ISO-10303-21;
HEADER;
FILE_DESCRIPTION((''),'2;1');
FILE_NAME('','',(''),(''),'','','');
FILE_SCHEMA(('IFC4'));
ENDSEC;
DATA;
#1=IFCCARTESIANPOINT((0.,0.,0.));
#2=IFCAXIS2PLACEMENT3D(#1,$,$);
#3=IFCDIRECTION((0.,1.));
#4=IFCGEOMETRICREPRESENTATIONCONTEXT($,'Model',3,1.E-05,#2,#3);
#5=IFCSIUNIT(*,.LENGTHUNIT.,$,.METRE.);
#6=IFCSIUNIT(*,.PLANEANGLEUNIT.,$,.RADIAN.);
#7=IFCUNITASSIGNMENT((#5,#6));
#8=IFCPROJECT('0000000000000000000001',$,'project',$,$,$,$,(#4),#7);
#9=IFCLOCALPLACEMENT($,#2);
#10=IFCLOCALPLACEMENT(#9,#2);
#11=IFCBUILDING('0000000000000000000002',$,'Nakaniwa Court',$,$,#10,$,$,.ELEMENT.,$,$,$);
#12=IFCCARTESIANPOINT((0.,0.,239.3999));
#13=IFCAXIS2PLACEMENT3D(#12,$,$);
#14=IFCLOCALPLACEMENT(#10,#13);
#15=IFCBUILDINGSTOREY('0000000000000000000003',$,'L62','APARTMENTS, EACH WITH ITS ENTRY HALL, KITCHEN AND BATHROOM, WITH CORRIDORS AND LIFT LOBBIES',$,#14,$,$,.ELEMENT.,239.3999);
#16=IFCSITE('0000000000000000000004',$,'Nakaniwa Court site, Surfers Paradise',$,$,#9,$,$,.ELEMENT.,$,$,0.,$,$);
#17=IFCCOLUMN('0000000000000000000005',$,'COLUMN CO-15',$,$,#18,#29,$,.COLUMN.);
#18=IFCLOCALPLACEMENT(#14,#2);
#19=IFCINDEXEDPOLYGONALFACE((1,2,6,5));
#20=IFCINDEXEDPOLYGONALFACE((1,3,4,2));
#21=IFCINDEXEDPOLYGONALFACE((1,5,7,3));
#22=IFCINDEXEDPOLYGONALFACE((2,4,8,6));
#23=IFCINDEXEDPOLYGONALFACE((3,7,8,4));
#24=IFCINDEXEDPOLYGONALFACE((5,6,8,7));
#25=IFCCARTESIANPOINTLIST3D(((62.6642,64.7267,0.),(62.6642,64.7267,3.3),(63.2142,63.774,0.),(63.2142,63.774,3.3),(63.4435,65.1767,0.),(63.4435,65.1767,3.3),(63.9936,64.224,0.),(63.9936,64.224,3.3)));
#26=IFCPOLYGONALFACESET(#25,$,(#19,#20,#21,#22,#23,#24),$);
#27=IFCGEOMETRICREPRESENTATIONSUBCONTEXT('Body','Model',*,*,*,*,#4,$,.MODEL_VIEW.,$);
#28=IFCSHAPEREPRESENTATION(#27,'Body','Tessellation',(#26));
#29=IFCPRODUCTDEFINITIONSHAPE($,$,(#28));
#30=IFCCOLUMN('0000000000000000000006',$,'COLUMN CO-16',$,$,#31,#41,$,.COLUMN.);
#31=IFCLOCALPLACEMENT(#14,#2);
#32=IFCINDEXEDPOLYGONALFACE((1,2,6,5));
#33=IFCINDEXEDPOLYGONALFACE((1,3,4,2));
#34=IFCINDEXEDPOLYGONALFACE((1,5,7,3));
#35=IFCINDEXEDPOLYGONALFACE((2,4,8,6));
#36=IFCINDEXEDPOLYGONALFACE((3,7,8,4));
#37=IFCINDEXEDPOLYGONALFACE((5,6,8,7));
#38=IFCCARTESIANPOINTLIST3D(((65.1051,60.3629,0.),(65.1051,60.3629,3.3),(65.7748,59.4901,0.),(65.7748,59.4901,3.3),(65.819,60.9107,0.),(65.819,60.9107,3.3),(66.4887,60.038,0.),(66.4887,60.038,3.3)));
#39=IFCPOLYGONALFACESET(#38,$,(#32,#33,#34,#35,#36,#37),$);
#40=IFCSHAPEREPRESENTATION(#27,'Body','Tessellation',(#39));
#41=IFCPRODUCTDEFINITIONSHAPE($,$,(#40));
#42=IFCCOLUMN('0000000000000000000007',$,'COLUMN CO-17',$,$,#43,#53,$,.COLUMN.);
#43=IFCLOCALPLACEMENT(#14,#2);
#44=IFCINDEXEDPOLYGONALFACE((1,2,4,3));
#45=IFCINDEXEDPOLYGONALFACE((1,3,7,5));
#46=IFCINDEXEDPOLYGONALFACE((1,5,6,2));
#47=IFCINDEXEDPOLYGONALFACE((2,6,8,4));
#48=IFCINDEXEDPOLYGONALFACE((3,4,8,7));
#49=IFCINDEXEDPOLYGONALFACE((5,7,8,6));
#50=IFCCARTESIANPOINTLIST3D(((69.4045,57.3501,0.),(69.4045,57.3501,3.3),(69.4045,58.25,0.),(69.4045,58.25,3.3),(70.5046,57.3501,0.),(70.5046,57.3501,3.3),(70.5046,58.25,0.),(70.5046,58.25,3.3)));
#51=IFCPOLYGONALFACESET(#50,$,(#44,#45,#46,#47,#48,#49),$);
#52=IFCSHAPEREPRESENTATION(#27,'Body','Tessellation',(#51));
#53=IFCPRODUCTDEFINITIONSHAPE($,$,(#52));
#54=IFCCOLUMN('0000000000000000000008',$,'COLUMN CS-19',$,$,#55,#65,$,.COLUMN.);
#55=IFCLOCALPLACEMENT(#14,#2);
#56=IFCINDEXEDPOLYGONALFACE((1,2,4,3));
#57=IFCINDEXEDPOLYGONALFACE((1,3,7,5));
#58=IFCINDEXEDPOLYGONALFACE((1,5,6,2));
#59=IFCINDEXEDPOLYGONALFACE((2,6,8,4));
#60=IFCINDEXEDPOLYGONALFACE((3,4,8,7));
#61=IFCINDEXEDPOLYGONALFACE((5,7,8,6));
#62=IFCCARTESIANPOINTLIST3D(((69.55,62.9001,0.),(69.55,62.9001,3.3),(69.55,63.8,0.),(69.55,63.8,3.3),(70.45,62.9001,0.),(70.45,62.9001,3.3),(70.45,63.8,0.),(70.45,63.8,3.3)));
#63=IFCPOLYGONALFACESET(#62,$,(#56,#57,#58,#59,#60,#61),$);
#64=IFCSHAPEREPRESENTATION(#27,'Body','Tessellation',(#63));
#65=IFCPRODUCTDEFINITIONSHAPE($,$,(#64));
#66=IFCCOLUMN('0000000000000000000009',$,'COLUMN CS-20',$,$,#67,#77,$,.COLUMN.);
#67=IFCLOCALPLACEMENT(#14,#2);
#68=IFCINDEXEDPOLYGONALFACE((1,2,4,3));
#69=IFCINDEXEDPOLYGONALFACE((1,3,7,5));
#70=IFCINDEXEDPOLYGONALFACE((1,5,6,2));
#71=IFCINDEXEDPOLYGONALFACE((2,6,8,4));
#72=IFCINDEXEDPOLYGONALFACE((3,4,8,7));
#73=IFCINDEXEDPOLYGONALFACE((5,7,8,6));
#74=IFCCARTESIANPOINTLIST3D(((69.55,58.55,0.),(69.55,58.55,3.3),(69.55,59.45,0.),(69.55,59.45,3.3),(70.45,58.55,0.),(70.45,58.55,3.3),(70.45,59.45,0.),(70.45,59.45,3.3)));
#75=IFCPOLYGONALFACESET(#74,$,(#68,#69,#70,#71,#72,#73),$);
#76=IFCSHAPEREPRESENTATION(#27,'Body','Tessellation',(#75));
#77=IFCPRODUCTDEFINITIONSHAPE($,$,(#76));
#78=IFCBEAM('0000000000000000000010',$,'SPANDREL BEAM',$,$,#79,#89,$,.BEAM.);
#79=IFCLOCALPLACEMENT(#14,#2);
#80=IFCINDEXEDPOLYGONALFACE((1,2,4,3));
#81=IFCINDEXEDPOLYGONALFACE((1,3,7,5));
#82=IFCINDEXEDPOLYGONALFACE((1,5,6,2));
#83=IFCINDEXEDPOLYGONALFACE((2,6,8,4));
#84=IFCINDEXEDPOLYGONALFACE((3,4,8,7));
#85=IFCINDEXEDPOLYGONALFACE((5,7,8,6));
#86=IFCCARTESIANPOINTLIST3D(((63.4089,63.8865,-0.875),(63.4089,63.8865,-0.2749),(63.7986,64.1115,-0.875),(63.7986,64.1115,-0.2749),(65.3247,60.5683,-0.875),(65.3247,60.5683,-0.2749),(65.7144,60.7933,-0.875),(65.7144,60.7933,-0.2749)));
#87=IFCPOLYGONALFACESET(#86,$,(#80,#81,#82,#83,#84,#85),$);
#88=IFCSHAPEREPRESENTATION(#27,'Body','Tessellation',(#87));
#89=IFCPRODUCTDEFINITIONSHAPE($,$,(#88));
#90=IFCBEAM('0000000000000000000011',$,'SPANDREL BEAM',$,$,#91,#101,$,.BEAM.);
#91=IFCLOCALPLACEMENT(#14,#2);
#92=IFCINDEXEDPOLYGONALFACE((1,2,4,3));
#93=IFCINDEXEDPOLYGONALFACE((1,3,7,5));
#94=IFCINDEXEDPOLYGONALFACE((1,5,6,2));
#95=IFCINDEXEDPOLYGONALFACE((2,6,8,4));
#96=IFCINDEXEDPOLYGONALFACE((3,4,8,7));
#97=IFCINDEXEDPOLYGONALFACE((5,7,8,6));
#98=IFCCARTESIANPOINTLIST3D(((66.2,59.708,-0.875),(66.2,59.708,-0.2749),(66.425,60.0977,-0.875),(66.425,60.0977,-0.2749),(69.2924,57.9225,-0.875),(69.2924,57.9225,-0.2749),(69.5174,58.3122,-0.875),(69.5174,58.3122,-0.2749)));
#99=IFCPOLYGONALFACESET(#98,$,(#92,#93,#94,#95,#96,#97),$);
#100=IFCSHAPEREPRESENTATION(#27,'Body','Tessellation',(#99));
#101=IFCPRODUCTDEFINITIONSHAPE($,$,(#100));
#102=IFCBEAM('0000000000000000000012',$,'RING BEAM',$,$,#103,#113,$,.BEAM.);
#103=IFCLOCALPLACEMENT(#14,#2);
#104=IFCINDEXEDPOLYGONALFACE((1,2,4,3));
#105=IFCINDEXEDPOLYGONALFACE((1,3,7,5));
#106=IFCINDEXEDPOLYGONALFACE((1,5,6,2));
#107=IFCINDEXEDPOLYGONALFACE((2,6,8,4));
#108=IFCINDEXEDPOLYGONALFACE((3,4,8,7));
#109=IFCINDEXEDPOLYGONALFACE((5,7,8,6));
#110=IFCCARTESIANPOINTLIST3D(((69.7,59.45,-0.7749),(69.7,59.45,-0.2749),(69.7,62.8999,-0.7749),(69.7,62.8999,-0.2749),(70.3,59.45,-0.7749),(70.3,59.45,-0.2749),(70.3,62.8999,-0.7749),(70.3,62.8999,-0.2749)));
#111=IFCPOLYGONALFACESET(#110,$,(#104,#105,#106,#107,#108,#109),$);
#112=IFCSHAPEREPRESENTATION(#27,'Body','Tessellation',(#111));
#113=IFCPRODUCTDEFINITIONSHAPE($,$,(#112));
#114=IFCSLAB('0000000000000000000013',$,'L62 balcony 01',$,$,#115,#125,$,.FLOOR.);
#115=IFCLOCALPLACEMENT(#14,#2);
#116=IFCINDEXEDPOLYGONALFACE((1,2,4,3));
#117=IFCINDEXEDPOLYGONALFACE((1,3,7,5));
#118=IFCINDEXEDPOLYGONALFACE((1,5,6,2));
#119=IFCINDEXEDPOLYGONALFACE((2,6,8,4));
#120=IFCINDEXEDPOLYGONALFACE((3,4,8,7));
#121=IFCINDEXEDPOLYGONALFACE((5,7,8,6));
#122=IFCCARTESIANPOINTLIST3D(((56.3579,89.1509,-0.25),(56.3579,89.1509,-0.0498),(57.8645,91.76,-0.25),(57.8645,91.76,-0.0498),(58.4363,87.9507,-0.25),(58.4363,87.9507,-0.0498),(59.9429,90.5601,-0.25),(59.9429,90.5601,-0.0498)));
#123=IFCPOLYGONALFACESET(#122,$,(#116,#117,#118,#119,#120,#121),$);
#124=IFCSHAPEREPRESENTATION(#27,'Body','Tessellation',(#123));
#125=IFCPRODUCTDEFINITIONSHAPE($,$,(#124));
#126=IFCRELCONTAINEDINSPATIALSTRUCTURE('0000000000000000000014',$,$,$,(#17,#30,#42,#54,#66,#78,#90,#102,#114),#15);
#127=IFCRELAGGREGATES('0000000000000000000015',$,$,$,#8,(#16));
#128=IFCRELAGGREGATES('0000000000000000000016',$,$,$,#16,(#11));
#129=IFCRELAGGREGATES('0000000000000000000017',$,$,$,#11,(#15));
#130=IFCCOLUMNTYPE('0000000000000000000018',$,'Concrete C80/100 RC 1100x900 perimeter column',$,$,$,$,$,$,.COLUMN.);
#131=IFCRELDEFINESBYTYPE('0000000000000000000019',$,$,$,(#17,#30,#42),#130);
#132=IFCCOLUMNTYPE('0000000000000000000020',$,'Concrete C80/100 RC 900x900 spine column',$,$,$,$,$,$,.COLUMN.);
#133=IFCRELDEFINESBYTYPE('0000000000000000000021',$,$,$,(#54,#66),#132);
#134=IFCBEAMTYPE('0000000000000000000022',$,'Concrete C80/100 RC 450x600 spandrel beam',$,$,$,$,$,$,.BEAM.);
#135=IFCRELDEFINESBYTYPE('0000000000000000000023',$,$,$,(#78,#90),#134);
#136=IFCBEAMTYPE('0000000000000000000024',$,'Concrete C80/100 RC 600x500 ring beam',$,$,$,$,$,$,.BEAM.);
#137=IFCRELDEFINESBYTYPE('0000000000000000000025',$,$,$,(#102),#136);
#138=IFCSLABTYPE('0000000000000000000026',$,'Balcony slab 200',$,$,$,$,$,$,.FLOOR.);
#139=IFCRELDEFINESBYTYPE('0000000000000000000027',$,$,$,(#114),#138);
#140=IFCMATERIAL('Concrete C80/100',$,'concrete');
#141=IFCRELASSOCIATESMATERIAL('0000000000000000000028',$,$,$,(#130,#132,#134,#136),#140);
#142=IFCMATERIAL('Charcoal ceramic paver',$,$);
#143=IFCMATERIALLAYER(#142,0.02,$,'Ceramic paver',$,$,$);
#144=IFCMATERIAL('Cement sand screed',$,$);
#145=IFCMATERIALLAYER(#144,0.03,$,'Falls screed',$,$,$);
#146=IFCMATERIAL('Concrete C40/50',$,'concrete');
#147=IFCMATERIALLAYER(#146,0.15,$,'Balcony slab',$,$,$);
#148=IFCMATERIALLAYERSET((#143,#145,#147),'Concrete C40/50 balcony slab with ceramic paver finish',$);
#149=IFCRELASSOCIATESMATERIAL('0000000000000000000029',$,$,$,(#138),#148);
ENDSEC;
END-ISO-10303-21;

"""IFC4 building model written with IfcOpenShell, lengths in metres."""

from ifc_helpers import new_model, si_unit, direction, frame, origin, origin_2d, place, context, subcontext, project, spatial, polyline, rectangle, outline, extrude, material, layer, layer_set, material_profile, profile_set, type_object, element, save


model = new_model("IFC4")

# Units and contexts
model_context = context("Model", 3, precision=1e-05, world=origin(), true_north=direction((0.0, 1.0)))
body_context = subcontext(model_context, "Body", "Model", "MODEL_VIEW")
ifc_project = project(units=[si_unit("LENGTHUNIT", "METRE"), si_unit("PLANEANGLEUNIT", "RADIAN")], contexts=[model_context])

# Site, building, storey
site_placement = place(None, origin())
site = spatial("IfcSite", under=ifc_project, at=site_placement, Name="Nakaniwa Court site, Surfers Paradise", CompositionType="ELEMENT", RefElevation=0.0)
building_placement = place(site_placement, origin())
building = spatial("IfcBuilding", under=site, at=building_placement, Name="Nakaniwa Court", CompositionType="ELEMENT")
storey_placement = place(building_placement, frame((0.0, 0.0, 239.3999)))
storey = spatial("IfcBuildingStorey", under=building, at=storey_placement, Name="L62", Description="APARTMENTS, EACH WITH ITS ENTRY HALL, KITCHEN AND BATHROOM, WITH CORRIDORS AND LIFT LOBBIES", CompositionType="ELEMENT", Elevation=239.3999)

# Columns
ifc_material_1 = material(Name="Concrete C80/100", Category="concrete")
ifc_material_profile_1 = material_profile(ifc_material_1, rectangle(XDim=1.1001, YDim=0.8999, at=origin_2d()), Name="Concrete C80/100 RC 1100x900 perimeter column")
ifc_profile_set_1 = profile_set([ifc_material_profile_1], Name="Concrete C80/100")
column_type_1 = type_object("IfcColumnType", Name="Concrete C80/100 RC 1100x900 perimeter column", PredefinedType="COLUMN", material=ifc_profile_set_1)
for number, where, z_axis, x_axis, name in (
    (1, (63.3289, 64.4753, 0.0), (0.0, 0.0, 1.0), (0.5, -0.866025, 0.0), "COLUMN CO-15"),
    (2, (65.7969, 60.2004, 0.0), (0.0, 0.0, 1.0), (0.608761, -0.793353, 0.0), "COLUMN CO-16"),
    (3, (69.9546, 57.8, 0.0), (0.0, 0.0, 1.0), (1.0, 0.0, 0.0), "COLUMN CO-17"),
):
    element("IfcColumn", number, at=place(storey_placement, frame(where, z_axis=z_axis, x_axis=x_axis)), inside=storey, type_object=column_type_1, Name=name, PredefinedType="COLUMN", context=body_context, shape_type="SweptSolid", body=[
        extrude(rectangle(XDim=1.1001, YDim=0.8999, at=origin_2d()), origin(), (0.0, 0.0, 1.0), 3.3),
    ])
ifc_material_profile_2 = material_profile(ifc_material_1, rectangle(XDim=0.8999, YDim=0.8999, at=origin_2d()), Name="Concrete C80/100 RC 900x900 spine column")
ifc_profile_set_2 = profile_set([ifc_material_profile_2], Name="Concrete C80/100")
column_type_2 = type_object("IfcColumnType", Name="Concrete C80/100 RC 900x900 spine column", PredefinedType="COLUMN", material=ifc_profile_set_2)
for number, where, z_axis, x_axis, name in (
    (4, (70.0, 63.3501, 0.0), (0.0, 0.0, 1.0), (0.0, -1.0, 0.0), "COLUMN CS-19"),
    (5, (70.0, 59.0, 0.0), (0.0, 0.0, 1.0), (0.0, -1.0, 0.0), "COLUMN CS-20"),
):
    element("IfcColumn", number, at=place(storey_placement, frame(where, z_axis=z_axis, x_axis=x_axis)), inside=storey, type_object=column_type_2, Name=name, PredefinedType="COLUMN", context=body_context, shape_type="SweptSolid", body=[
        extrude(rectangle(XDim=0.8999, YDim=0.8999, at=origin_2d()), origin(), (0.0, 0.0, 1.0), 3.3),
    ])

# Beams
ifc_material_profile_3 = material_profile(ifc_material_1, rectangle(XDim=0.45, YDim=0.6001, at=origin_2d()), Name="Concrete C80/100 RC 450x600 spandrel beam")
ifc_profile_set_3 = profile_set([ifc_material_profile_3], Name="Concrete C80/100")
beam_type_1 = type_object("IfcBeamType", Name="Concrete C80/100 RC 450x600 spandrel beam", PredefinedType="BEAM", material=ifc_profile_set_3)
beam_1_placement = place(storey_placement, frame((63.6038, 63.999, -0.575), z_axis=(0.500011, -0.866019, 0.0), x_axis=(0.866019, 0.500011, 0.0)))
element("IfcBeam", 6, at=beam_1_placement, inside=storey, type_object=beam_type_1, Name="SPANDREL BEAM", PredefinedType="BEAM", context=body_context, shape_type="SweptSolid", body=[
    extrude(rectangle(XDim=0.45, YDim=0.6001, at=origin_2d()), origin(), (0.0, 0.0, 1.0), 3.8315),
])
beam_2_placement = place(storey_placement, frame((66.3125, 59.9028, -0.575), z_axis=(0.866017, -0.500014, 0.0), x_axis=(0.500014, 0.866017, 0.0)))
element("IfcBeam", 7, at=beam_2_placement, inside=storey, type_object=beam_type_1, Name="SPANDREL BEAM", PredefinedType="BEAM", context=body_context, shape_type="SweptSolid", body=[
    extrude(rectangle(XDim=0.45, YDim=0.6001, at=origin_2d()), origin(), (0.0, 0.0, 1.0), 3.5708),
])
ifc_material_profile_4 = material_profile(ifc_material_1, rectangle(XDim=0.6001, YDim=0.5, at=origin_2d()), Name="Concrete C80/100 RC 600x500 ring beam")
ifc_profile_set_4 = profile_set([ifc_material_profile_4], Name="Concrete C80/100")
beam_type_2 = type_object("IfcBeamType", Name="Concrete C80/100 RC 600x500 ring beam", PredefinedType="BEAM", material=ifc_profile_set_4)
beam_3_placement = place(storey_placement, frame((70.0, 62.8999, -0.5249), z_axis=(0.0, -1.0, 0.0), x_axis=(1.0, 0.0, 0.0)))
element("IfcBeam", 8, at=beam_3_placement, inside=storey, type_object=beam_type_2, Name="RING BEAM", PredefinedType="BEAM", context=body_context, shape_type="SweptSolid", body=[
    extrude(rectangle(XDim=0.6001, YDim=0.5, at=origin_2d()), origin(), (0.0, 0.0, 1.0), 3.45),
])

# Slab
ifc_material_2 = material(Name="Charcoal ceramic paver")
ifc_layer_1 = layer(ifc_material_2, 0.02, Name="Ceramic paver")
ifc_material_3 = material(Name="Cement sand screed")
ifc_layer_2 = layer(ifc_material_3, 0.03, Name="Falls screed")
ifc_material_4 = material(Name="Concrete C40/50", Category="concrete")
ifc_layer_3 = layer(ifc_material_4, 0.15, Name="Balcony slab")
ifc_layer_set_1 = layer_set([ifc_layer_1, ifc_layer_2, ifc_layer_3], Name="Concrete C40/50 balcony slab with ceramic paver finish")
slab_type_1 = type_object("IfcSlabType", Name="Balcony slab 200", PredefinedType="FLOOR", material=ifc_layer_set_1)
slab_1_placement = place(storey_placement, frame((0.0, 0.0, -0.25)))
element("IfcSlab", 9, at=slab_1_placement, inside=storey, type_object=slab_type_1, Name="L62 balcony 01", PredefinedType="FLOOR", context=body_context, shape_type="SweptSolid", body=[
    extrude(outline(polyline([(59.9429, 90.5601), (58.4363, 87.9507), (56.3579, 89.1509), (57.8645, 91.76), (59.9429, 90.5601)])), origin(), (0.0, 0.0, 1.0), 0.2002),
])

save(model, "model.ifc")
